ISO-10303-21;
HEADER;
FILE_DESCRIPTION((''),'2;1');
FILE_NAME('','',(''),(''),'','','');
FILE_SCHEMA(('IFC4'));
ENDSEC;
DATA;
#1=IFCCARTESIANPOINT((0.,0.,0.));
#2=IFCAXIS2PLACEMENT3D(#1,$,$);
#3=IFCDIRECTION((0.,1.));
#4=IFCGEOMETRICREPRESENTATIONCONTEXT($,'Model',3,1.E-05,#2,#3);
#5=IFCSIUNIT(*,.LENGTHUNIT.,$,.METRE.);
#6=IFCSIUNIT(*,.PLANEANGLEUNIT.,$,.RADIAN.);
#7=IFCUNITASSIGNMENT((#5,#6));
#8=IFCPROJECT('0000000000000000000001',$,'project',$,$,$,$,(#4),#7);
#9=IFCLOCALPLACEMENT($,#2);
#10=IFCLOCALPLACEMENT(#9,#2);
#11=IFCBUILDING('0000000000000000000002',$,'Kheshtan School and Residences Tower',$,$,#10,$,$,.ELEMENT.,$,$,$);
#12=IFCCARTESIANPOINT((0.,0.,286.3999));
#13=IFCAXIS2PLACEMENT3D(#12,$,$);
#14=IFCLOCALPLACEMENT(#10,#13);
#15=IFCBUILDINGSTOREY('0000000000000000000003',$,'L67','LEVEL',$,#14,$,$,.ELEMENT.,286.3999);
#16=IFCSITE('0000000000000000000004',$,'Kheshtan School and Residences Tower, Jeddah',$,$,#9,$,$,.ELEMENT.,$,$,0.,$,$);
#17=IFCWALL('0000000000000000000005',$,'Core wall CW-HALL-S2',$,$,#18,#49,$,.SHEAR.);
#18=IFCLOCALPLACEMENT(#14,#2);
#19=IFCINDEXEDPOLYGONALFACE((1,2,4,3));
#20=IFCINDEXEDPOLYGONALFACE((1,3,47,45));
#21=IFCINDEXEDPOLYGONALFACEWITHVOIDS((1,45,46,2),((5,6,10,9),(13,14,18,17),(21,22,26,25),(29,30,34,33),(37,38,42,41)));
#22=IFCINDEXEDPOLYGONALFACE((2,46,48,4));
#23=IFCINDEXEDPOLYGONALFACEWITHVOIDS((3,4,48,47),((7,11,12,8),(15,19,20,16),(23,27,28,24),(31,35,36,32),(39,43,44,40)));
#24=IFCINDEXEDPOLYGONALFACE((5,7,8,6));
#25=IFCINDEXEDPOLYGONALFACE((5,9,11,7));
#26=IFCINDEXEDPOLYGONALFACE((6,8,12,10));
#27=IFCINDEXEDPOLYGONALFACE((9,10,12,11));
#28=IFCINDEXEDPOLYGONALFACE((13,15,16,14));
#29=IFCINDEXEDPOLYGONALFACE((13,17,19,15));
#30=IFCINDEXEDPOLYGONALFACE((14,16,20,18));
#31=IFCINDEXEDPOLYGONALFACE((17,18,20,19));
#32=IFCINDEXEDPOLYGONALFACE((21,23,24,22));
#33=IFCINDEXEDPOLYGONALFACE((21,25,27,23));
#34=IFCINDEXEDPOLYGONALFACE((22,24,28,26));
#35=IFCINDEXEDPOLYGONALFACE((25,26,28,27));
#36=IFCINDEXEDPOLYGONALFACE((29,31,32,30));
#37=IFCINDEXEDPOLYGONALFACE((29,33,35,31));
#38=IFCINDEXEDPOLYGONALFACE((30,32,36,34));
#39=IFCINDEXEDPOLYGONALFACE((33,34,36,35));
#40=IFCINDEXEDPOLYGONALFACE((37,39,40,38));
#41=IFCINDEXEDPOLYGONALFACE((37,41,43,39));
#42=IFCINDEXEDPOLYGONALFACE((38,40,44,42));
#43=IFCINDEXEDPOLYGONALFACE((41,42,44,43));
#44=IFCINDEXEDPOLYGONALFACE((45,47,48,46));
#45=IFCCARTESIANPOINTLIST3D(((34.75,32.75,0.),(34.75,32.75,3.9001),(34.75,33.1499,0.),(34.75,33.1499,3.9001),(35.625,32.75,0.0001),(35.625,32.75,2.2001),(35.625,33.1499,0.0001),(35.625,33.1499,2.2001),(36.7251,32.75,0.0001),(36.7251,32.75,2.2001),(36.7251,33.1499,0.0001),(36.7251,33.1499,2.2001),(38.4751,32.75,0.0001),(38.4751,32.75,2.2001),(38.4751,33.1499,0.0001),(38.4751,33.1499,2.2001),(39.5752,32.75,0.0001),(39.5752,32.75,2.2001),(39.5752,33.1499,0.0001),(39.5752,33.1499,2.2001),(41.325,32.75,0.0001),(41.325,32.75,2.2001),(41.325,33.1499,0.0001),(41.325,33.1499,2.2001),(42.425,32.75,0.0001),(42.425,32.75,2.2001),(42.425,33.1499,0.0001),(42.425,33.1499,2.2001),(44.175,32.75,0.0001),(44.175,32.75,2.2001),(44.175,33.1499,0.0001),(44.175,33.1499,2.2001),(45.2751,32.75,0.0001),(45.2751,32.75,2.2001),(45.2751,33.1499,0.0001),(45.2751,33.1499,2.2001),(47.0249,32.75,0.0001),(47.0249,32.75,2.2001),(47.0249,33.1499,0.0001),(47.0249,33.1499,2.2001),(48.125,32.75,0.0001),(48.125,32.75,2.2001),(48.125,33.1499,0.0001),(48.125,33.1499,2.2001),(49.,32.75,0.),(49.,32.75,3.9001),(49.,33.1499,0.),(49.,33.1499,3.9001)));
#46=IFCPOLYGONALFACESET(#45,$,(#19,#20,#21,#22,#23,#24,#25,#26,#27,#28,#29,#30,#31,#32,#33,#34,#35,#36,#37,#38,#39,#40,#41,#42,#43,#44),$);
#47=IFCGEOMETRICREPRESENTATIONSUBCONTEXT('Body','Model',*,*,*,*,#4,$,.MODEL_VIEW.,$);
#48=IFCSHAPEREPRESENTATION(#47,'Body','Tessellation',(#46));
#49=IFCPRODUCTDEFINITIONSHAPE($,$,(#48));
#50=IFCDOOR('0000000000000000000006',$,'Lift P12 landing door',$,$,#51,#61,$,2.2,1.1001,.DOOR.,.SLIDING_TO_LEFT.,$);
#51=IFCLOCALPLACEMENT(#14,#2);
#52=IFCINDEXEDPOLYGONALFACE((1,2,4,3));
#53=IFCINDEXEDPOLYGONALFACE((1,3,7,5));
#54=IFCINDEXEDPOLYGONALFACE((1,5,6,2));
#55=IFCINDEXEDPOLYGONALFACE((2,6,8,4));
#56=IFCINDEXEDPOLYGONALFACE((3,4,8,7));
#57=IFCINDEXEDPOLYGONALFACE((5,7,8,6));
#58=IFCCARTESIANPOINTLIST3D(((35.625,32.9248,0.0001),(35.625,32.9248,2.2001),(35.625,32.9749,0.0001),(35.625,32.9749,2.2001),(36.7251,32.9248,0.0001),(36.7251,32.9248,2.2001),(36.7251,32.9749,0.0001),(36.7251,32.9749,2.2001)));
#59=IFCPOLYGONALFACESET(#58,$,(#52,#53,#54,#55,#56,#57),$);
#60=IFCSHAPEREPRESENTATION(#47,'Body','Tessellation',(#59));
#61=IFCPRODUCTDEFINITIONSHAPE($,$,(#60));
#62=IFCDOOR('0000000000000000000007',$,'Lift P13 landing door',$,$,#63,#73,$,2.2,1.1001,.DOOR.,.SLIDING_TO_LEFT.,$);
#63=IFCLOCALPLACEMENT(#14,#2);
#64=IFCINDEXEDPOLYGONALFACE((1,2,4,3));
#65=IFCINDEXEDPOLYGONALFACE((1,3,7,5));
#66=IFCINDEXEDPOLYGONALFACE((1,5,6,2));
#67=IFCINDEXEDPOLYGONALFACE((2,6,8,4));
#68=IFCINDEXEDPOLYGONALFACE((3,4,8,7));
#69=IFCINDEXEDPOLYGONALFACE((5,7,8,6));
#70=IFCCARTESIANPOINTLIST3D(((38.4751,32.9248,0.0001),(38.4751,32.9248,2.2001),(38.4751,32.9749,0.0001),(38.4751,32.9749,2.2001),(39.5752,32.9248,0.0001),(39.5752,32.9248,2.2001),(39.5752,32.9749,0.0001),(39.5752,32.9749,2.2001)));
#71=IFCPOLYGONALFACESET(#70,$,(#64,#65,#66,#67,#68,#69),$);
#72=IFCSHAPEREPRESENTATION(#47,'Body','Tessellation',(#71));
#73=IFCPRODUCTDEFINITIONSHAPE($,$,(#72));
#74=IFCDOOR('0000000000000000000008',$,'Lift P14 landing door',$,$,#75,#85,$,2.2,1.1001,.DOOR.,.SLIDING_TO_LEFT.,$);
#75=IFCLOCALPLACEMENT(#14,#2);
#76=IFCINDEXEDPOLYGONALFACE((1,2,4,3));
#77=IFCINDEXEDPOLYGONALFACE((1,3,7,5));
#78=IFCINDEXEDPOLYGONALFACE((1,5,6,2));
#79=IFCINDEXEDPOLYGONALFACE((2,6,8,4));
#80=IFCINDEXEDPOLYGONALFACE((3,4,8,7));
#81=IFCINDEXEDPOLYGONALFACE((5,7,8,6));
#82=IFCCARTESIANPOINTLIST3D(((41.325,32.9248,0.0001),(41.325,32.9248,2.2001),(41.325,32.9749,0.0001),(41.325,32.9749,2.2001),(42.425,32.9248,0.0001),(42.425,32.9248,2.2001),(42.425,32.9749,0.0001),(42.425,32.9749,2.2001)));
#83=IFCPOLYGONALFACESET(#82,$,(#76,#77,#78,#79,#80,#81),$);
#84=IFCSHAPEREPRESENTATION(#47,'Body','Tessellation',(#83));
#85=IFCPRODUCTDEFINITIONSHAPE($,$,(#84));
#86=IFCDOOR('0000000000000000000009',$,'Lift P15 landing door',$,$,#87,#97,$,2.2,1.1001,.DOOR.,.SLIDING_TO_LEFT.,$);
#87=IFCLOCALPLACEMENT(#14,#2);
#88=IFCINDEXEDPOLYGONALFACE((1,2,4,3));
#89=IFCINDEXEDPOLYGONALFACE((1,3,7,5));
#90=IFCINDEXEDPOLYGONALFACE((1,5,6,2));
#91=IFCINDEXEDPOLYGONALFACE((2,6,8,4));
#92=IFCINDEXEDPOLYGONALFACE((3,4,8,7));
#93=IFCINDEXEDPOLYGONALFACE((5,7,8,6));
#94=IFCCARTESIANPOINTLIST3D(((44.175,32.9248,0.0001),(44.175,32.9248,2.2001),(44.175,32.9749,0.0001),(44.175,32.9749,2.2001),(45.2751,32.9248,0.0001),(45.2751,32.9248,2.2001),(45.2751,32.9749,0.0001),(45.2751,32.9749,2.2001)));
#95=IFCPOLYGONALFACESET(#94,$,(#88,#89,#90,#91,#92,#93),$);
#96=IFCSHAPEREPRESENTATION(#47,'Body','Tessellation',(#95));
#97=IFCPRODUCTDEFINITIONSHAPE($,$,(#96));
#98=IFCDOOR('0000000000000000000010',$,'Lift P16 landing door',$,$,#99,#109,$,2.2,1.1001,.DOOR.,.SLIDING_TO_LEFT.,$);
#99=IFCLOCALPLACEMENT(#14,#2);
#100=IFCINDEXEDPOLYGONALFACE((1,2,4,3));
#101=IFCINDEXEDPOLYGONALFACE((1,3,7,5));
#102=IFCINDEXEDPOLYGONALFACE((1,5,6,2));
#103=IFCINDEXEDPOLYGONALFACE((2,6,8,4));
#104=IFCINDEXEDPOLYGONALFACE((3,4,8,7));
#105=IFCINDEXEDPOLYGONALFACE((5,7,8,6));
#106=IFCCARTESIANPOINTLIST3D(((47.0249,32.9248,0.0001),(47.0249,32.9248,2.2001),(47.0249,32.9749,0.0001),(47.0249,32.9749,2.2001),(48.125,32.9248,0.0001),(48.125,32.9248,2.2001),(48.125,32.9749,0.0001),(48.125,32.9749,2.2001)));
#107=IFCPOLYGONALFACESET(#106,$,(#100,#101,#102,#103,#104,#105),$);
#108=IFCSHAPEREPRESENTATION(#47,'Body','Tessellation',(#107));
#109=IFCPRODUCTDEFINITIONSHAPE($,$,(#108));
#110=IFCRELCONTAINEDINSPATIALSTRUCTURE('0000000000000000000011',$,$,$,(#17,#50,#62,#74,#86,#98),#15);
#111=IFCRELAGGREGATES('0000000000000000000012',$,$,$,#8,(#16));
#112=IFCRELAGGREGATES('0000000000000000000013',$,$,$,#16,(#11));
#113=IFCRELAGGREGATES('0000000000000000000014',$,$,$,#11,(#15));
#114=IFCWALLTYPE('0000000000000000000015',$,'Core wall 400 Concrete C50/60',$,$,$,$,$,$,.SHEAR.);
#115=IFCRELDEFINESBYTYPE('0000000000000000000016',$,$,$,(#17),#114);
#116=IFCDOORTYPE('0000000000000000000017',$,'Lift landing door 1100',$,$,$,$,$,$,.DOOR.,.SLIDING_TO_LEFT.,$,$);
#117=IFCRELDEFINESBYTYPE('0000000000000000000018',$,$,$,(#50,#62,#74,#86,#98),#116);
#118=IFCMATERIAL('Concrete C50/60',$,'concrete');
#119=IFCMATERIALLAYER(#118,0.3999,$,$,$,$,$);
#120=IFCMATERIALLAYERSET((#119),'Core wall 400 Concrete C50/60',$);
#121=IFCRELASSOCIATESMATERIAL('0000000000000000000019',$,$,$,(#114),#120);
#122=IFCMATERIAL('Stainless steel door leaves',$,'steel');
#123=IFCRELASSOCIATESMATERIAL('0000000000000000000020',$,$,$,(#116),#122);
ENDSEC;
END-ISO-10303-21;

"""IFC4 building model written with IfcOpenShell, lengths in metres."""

from ifc_helpers import new_model, si_unit, direction, frame, frame_2d, origin, place, context, subcontext, project, spatial, rectangle, extrude, source, transform, mapped, material, layer, layer_set, type_object, element, fill, save


model = new_model("IFC4")

# Units and contexts
model_context = context("Model", 3, precision=1e-05, world=origin(), true_north=direction((0.0, 1.0)))
body_context = subcontext(model_context, "Body", "Model", "MODEL_VIEW")
ifc_project = project(units=[si_unit("LENGTHUNIT", "METRE"), si_unit("PLANEANGLEUNIT", "RADIAN")], contexts=[model_context])

# Site, building, storey
site_placement = place(None, origin())
site = spatial("IfcSite", under=ifc_project, at=site_placement, Name="Kheshtan School and Residences Tower, Jeddah", CompositionType="ELEMENT", RefElevation=0.0)
building_placement = place(site_placement, origin())
building = spatial("IfcBuilding", under=site, at=building_placement, Name="Kheshtan School and Residences Tower", CompositionType="ELEMENT")
storey_placement = place(building_placement, frame((0.0, 0.0, 286.3999)))
storey = spatial("IfcBuildingStorey", under=building, at=storey_placement, Name="L67", Description="LEVEL", CompositionType="ELEMENT", Elevation=286.3999)

# Wall, openings, doors
ifc_material_1 = material(Name="Concrete C50/60", Category="concrete")
ifc_layer_1 = layer(ifc_material_1, 0.3999)
ifc_layer_set_1 = layer_set([ifc_layer_1], Name="Core wall 400 Concrete C50/60")
wall_type_1 = type_object("IfcWallType", Name="Core wall 400 Concrete C50/60", PredefinedType="SHEAR", material=ifc_layer_set_1)
ifc_material_2 = material(Name="Stainless steel door leaves", Category="steel")
door_type_1 = type_object("IfcDoorType", Name="Lift landing door 1100", OperationType="SLIDING_TO_LEFT", PredefinedType="DOOR", material=ifc_material_2)
shared_shape_1 = source(origin(), body_context, "Body", "SweptSolid", [
    extrude(rectangle(XDim=1.1001, YDim=2.2, at=frame_2d((0.55, 1.1001))), frame((0.0, 0.0249, 0.0), z_axis=(0.0, -1.0, 0.0), x_axis=(1.0, 0.0, 0.0)), (0.0, 0.0, 1.0), 0.05),
])
wall_1_placement = place(storey_placement, frame((34.75, 32.95, 0.0), z_axis=(0.0, 0.0, 1.0), x_axis=(1.0, 0.0, 0.0)))
wall_1 = element("IfcWall", 1, at=wall_1_placement, inside=storey, type_object=wall_type_1, Name="Core wall CW-HALL-S2", PredefinedType="SHEAR", context=body_context, shape_type="SweptSolid", body=[
    extrude(rectangle(XDim=14.25, YDim=0.3999, at=frame_2d((7.125, 0.0))), origin(), (0.0, 0.0, 1.0), 3.9001),
])
opening_1_placement = place(wall_1_placement, frame((0.875, 0.0, 0.0)))
opening_1 = element("IfcOpeningElement", 2, at=opening_1_placement, cuts=wall_1, PredefinedType="OPENING", context=body_context, shape_type="SweptSolid", body=[
    extrude(rectangle(XDim=1.1001, YDim=2.2, at=frame_2d((0.55, 1.1001))), frame((0.0, 0.21, 0.0), z_axis=(0.0, -1.0, 0.0), x_axis=(1.0, 0.0, 0.0)), (0.0, 0.0, 1.0), 0.4199),
])
opening_2_placement = place(wall_1_placement, frame((3.7251, 0.0, 0.0)))
opening_2 = element("IfcOpeningElement", 3, at=opening_2_placement, cuts=wall_1, PredefinedType="OPENING", context=body_context, shape_type="SweptSolid", body=[
    extrude(rectangle(XDim=1.1001, YDim=2.2, at=frame_2d((0.55, 1.1001))), frame((0.0, 0.21, 0.0), z_axis=(0.0, -1.0, 0.0), x_axis=(1.0, 0.0, 0.0)), (0.0, 0.0, 1.0), 0.4199),
])
opening_3_placement = place(wall_1_placement, frame((6.575, 0.0, 0.0)))
opening_3 = element("IfcOpeningElement", 4, at=opening_3_placement, cuts=wall_1, PredefinedType="OPENING", context=body_context, shape_type="SweptSolid", body=[
    extrude(rectangle(XDim=1.1001, YDim=2.2, at=frame_2d((0.55, 1.1001))), frame((0.0, 0.21, 0.0), z_axis=(0.0, -1.0, 0.0), x_axis=(1.0, 0.0, 0.0)), (0.0, 0.0, 1.0), 0.4199),
])
opening_4_placement = place(wall_1_placement, frame((9.425, 0.0, 0.0)))
opening_4 = element("IfcOpeningElement", 5, at=opening_4_placement, cuts=wall_1, PredefinedType="OPENING", context=body_context, shape_type="SweptSolid", body=[
    extrude(rectangle(XDim=1.1001, YDim=2.2, at=frame_2d((0.55, 1.1001))), frame((0.0, 0.21, 0.0), z_axis=(0.0, -1.0, 0.0), x_axis=(1.0, 0.0, 0.0)), (0.0, 0.0, 1.0), 0.4199),
])
opening_5_placement = place(wall_1_placement, frame((12.2749, 0.0, 0.0)))
opening_5 = element("IfcOpeningElement", 6, at=opening_5_placement, cuts=wall_1, PredefinedType="OPENING", context=body_context, shape_type="SweptSolid", body=[
    extrude(rectangle(XDim=1.1001, YDim=2.2, at=frame_2d((0.55, 1.1001))), frame((0.0, 0.21, 0.0), z_axis=(0.0, -1.0, 0.0), x_axis=(1.0, 0.0, 0.0)), (0.0, 0.0, 1.0), 0.4199),
])
door_1_placement = place(opening_1_placement, origin())
door_1 = element("IfcDoor", 7, at=door_1_placement, inside=storey, type_object=door_type_1, Name="Lift P12 landing door", OperationType="SLIDING_TO_LEFT", OverallHeight=2.2, OverallWidth=1.1001, PredefinedType="DOOR", context=body_context, shape_type="MappedRepresentation", body=[
    mapped(shared_shape_1, transform((0.0, 0.0, 0.0), x_axis=(1.0, 0.0, 0.0), y_axis=(0.0, 1.0, 0.0), z_axis=(0.0, 0.0, 1.0), scale=1.0)),
])
fill(opening_1, door_1)
door_2_placement = place(opening_2_placement, origin())
door_2 = element("IfcDoor", 8, at=door_2_placement, inside=storey, type_object=door_type_1, Name="Lift P13 landing door", OperationType="SLIDING_TO_LEFT", OverallHeight=2.2, OverallWidth=1.1001, PredefinedType="DOOR", context=body_context, shape_type="MappedRepresentation", body=[
    mapped(shared_shape_1, transform((0.0, 0.0, 0.0), x_axis=(1.0, 0.0, 0.0), y_axis=(0.0, 1.0, 0.0), z_axis=(0.0, 0.0, 1.0), scale=1.0)),
])
fill(opening_2, door_2)
door_3_placement = place(opening_3_placement, origin())
door_3 = element("IfcDoor", 9, at=door_3_placement, inside=storey, type_object=door_type_1, Name="Lift P14 landing door", OperationType="SLIDING_TO_LEFT", OverallHeight=2.2, OverallWidth=1.1001, PredefinedType="DOOR", context=body_context, shape_type="MappedRepresentation", body=[
    mapped(shared_shape_1, transform((0.0, 0.0, 0.0), x_axis=(1.0, 0.0, 0.0), y_axis=(0.0, 1.0, 0.0), z_axis=(0.0, 0.0, 1.0), scale=1.0)),
])
fill(opening_3, door_3)
door_4_placement = place(opening_4_placement, origin())
door_4 = element("IfcDoor", 10, at=door_4_placement, inside=storey, type_object=door_type_1, Name="Lift P15 landing door", OperationType="SLIDING_TO_LEFT", OverallHeight=2.2, OverallWidth=1.1001, PredefinedType="DOOR", context=body_context, shape_type="MappedRepresentation", body=[
    mapped(shared_shape_1, transform((0.0, 0.0, 0.0), x_axis=(1.0, 0.0, 0.0), y_axis=(0.0, 1.0, 0.0), z_axis=(0.0, 0.0, 1.0), scale=1.0)),
])
fill(opening_4, door_4)
door_5_placement = place(opening_5_placement, origin())
door_5 = element("IfcDoor", 11, at=door_5_placement, inside=storey, type_object=door_type_1, Name="Lift P16 landing door", OperationType="SLIDING_TO_LEFT", OverallHeight=2.2, OverallWidth=1.1001, PredefinedType="DOOR", context=body_context, shape_type="MappedRepresentation", body=[
    mapped(shared_shape_1, transform((0.0, 0.0, 0.0), x_axis=(1.0, 0.0, 0.0), y_axis=(0.0, 1.0, 0.0), z_axis=(0.0, 0.0, 1.0), scale=1.0)),
])
fill(opening_5, door_5)

save(model, "model.ifc")
